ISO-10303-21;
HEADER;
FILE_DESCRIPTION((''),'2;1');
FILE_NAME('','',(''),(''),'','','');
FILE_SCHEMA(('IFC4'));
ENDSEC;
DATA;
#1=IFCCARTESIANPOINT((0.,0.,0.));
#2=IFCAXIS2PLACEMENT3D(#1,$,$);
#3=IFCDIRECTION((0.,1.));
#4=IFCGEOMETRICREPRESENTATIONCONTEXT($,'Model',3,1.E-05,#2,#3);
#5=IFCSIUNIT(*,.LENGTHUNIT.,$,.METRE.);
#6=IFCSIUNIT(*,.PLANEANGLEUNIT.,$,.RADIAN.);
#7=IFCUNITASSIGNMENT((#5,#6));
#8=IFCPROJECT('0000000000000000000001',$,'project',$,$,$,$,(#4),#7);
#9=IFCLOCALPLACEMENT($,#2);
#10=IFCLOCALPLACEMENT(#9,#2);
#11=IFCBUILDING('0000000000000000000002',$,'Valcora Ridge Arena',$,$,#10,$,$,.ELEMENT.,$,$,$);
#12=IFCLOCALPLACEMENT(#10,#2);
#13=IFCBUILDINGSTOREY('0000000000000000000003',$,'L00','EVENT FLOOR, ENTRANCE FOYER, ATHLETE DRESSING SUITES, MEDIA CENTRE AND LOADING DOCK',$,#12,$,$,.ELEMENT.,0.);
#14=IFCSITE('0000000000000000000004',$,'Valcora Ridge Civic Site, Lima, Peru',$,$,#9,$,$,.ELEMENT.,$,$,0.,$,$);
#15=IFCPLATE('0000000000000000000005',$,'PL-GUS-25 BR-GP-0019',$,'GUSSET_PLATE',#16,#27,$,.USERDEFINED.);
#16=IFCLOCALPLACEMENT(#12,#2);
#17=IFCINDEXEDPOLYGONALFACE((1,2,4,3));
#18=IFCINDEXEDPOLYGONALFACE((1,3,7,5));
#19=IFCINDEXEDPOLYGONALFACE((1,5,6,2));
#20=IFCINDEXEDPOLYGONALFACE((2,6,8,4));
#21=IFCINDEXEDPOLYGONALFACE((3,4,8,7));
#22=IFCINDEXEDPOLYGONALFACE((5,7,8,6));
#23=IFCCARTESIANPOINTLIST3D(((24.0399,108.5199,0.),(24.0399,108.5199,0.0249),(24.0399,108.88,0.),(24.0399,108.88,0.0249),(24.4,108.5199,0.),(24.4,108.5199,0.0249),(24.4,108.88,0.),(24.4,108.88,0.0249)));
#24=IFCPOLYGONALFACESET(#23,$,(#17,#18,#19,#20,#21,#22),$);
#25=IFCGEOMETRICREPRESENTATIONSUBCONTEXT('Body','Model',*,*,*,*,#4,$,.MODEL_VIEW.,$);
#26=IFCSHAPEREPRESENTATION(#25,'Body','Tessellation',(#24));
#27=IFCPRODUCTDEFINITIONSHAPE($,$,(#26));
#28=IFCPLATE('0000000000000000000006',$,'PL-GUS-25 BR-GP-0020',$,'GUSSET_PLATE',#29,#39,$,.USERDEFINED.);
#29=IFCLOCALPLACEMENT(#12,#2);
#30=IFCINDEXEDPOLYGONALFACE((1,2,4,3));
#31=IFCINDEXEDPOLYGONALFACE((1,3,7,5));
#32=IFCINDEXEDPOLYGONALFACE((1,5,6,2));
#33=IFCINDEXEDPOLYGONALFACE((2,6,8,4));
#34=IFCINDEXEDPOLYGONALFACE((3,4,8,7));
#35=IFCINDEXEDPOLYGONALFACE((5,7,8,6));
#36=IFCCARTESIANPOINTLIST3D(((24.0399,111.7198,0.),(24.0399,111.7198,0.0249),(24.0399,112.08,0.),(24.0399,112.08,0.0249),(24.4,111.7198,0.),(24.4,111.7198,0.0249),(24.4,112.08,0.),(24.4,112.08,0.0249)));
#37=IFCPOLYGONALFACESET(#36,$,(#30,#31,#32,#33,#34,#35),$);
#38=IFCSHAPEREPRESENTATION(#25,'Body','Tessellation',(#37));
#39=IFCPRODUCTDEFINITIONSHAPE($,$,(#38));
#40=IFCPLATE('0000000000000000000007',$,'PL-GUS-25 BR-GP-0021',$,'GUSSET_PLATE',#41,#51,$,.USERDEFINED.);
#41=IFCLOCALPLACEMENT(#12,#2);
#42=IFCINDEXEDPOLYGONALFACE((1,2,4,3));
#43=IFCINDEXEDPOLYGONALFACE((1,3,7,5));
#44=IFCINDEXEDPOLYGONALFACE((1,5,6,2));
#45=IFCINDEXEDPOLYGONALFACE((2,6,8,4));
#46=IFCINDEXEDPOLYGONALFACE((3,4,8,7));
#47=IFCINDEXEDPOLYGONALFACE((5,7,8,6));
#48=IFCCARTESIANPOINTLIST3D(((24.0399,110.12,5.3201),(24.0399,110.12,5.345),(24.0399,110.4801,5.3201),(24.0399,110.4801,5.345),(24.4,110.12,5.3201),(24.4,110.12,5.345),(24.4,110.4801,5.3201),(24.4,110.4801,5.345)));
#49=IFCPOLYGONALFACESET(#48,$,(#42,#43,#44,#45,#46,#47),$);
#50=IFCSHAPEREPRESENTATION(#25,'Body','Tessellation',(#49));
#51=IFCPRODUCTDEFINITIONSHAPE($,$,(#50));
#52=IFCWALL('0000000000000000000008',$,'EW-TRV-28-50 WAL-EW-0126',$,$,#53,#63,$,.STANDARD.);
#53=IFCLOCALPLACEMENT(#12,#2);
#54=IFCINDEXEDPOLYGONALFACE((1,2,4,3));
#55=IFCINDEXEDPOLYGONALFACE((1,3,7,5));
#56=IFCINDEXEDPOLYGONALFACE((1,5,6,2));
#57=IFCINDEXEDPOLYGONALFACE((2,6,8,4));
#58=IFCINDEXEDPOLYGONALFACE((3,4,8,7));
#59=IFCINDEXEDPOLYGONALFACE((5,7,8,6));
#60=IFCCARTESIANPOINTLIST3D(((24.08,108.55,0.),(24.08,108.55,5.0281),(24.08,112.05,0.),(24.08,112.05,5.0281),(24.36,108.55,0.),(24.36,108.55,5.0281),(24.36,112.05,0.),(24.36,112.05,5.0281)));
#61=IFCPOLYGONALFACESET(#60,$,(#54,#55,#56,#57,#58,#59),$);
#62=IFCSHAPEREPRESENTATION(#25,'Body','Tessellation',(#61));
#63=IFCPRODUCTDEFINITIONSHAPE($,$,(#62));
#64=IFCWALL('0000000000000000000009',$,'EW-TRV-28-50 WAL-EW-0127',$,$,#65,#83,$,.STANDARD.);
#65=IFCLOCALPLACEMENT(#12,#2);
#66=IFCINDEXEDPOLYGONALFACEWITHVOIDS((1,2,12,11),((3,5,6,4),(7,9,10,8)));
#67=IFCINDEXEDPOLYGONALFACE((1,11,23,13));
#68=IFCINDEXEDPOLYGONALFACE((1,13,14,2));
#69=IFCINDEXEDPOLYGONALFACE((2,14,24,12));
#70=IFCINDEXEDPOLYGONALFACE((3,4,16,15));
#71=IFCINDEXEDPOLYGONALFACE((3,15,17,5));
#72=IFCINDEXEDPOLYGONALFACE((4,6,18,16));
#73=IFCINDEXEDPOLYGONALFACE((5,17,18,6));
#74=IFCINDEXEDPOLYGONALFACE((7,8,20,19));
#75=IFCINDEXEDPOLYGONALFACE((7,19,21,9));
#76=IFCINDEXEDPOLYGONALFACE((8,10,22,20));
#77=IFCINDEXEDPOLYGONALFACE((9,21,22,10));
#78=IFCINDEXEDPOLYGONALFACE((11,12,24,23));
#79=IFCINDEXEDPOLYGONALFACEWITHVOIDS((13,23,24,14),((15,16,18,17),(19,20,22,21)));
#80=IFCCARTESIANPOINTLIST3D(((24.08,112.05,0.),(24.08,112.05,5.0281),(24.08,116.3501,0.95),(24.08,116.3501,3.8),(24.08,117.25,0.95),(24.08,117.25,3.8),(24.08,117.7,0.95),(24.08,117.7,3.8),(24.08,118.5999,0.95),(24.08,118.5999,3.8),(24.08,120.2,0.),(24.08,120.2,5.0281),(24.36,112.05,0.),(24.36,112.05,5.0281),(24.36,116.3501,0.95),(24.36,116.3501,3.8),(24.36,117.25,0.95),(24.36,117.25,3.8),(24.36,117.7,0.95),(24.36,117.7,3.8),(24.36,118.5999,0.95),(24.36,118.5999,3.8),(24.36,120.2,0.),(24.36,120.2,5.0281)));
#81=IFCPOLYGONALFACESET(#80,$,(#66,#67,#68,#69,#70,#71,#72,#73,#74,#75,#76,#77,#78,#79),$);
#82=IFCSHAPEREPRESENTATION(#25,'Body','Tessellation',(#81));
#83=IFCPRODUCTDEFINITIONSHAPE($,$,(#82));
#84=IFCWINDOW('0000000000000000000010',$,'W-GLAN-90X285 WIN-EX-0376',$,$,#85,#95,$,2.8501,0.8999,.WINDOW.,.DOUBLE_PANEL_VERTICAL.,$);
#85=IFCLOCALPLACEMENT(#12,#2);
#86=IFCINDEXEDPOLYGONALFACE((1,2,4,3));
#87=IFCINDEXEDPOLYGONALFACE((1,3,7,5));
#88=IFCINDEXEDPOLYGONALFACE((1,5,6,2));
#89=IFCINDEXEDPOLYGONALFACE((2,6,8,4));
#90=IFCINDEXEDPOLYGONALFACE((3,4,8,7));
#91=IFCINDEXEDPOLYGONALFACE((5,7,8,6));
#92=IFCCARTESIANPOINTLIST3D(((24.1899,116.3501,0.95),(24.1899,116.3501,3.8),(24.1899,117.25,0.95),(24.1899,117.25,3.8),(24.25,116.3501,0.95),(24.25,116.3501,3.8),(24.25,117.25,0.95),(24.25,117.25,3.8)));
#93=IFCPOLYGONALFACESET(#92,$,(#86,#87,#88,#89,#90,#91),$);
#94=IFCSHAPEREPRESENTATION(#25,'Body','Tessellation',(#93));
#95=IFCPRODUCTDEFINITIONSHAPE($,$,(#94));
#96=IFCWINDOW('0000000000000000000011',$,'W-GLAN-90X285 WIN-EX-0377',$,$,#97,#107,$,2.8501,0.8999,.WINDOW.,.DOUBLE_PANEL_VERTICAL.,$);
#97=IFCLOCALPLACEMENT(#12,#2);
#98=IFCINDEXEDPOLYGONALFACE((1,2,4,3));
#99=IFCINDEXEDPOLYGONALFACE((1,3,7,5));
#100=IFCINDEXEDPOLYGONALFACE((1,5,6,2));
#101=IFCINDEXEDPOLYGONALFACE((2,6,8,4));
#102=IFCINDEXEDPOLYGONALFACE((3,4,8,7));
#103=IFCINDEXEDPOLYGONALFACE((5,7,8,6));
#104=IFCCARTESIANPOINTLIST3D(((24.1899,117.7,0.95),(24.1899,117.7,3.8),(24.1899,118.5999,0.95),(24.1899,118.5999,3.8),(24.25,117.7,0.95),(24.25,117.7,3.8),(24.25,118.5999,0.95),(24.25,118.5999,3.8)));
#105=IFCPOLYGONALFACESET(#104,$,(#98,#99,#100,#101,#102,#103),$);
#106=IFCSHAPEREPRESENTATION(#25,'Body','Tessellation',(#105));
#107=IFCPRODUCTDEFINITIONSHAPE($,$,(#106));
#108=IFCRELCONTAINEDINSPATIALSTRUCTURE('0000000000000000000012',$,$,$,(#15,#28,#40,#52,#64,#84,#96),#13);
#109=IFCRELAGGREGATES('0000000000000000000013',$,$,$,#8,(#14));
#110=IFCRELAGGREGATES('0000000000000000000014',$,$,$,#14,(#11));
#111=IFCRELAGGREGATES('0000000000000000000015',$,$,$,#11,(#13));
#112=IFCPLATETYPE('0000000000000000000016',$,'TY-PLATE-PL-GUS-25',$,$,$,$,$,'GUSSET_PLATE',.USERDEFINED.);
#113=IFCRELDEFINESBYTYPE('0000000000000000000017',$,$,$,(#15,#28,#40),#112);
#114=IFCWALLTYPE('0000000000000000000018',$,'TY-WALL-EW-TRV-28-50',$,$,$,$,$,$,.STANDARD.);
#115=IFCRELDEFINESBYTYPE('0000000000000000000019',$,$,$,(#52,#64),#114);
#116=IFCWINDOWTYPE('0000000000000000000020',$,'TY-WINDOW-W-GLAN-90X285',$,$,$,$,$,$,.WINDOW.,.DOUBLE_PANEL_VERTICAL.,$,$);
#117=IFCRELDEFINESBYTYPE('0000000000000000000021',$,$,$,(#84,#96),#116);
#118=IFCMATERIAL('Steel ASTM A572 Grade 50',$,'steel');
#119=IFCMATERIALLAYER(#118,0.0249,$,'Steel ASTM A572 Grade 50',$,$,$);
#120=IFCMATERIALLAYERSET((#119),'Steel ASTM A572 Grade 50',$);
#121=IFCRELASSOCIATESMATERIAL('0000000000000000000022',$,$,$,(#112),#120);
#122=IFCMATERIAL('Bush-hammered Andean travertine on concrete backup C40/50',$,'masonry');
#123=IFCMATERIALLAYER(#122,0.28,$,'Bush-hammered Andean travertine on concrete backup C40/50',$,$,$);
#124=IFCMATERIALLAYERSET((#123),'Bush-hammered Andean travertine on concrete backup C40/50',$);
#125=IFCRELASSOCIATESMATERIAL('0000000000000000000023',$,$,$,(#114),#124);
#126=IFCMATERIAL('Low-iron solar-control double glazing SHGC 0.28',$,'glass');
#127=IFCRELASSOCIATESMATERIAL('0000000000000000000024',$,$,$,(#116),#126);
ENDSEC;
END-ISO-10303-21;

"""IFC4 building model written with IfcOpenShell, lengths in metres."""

from ifc_helpers import new_model, si_unit, direction, frame, frame_2d, origin, origin_2d, place, context, subcontext, project, spatial, rectangle, extrude, material, layer, layer_set, type_object, element, fill, save


model = new_model("IFC4")

# Units and contexts
model_context = context("Model", 3, precision=1e-05, world=origin(), true_north=direction((0.0, 1.0)))
body_context = subcontext(model_context, "Body", "Model", "MODEL_VIEW")
ifc_project = project(units=[si_unit("LENGTHUNIT", "METRE"), si_unit("PLANEANGLEUNIT", "RADIAN")], contexts=[model_context])

# Site, building, storey
site_placement = place(None, origin())
site = spatial("IfcSite", under=ifc_project, at=site_placement, Name="Valcora Ridge Civic Site, Lima, Peru", CompositionType="ELEMENT", RefElevation=0.0)
building_placement = place(site_placement, origin())
building = spatial("IfcBuilding", under=site, at=building_placement, Name="Valcora Ridge Arena", CompositionType="ELEMENT")
storey_placement = place(building_placement, origin())
storey = spatial("IfcBuildingStorey", under=building, at=storey_placement, Name="L00", Description="EVENT FLOOR, ENTRANCE FOYER, ATHLETE DRESSING SUITES, MEDIA CENTRE AND LOADING DOCK", CompositionType="ELEMENT", Elevation=0.0)

# Shared definitions
ifc_material_1 = material(Name="Steel ASTM A572 Grade 50", Category="steel")

# Plates
ifc_layer_1 = layer(ifc_material_1, 0.0249, Name="Steel ASTM A572 Grade 50")
ifc_layer_set_1 = layer_set([ifc_layer_1], Name="Steel ASTM A572 Grade 50")
plate_type = type_object("IfcPlateType", Name="TY-PLATE-PL-GUS-25", ElementType="GUSSET_PLATE", PredefinedType="USERDEFINED", material=ifc_layer_set_1)
for number, where, z_axis, x_axis, name in (
    (1, (24.22, 108.7, 0.0), (0.0, 0.0, 1.0), (1.0, 0.0, 0.0), "PL-GUS-25 BR-GP-0019"),
    (2, (24.22, 111.8999, 0.0), (0.0, 0.0, 1.0), (1.0, 0.0, 0.0), "PL-GUS-25 BR-GP-0020"),
    (3, (24.22, 110.3, 5.3201), (0.0, 0.0, 1.0), (1.0, 0.0, 0.0), "PL-GUS-25 BR-GP-0021"),
):
    element("IfcPlate", number, at=place(storey_placement, frame(where, z_axis=z_axis, x_axis=x_axis)), inside=storey, type_object=plate_type, Name=name, ObjectType="GUSSET_PLATE", PredefinedType="USERDEFINED", context=body_context, shape_type="SweptSolid", body=[
        extrude(rectangle(XDim=0.3601, YDim=0.3601, at=origin_2d()), origin(), (0.0, 0.0, 1.0), 0.0249),
    ])

# Wall
ifc_material_2 = material(Name="Bush-hammered Andean travertine on concrete backup C40/50", Category="masonry")
ifc_layer_2 = layer(ifc_material_2, 0.28, Name="Bush-hammered Andean travertine on concrete backup C40/50")
ifc_layer_set_2 = layer_set([ifc_layer_2], Name="Bush-hammered Andean travertine on concrete backup C40/50")
wall_type_1 = type_object("IfcWallType", Name="TY-WALL-EW-TRV-28-50", PredefinedType="STANDARD", material=ifc_layer_set_2)
wall_1_placement = place(storey_placement, frame((24.22, 108.55, 0.0), z_axis=(0.0, 0.0, 1.0), x_axis=(0.0, 1.0, 0.0)))
element("IfcWall", 4, at=wall_1_placement, inside=storey, type_object=wall_type_1, Name="EW-TRV-28-50 WAL-EW-0126", PredefinedType="STANDARD", context=body_context, shape_type="SweptSolid", body=[
    extrude(rectangle(XDim=3.5, YDim=0.28, at=frame_2d((1.75, 0.0))), origin(), (0.0, 0.0, 1.0), 5.0281),
])

# Wall, openings, windows
wall_2_placement = place(storey_placement, frame((24.22, 112.05, 0.0), z_axis=(0.0, 0.0, 1.0), x_axis=(0.0, 1.0, 0.0)))
wall_2 = element("IfcWall", 5, at=wall_2_placement, inside=storey, type_object=wall_type_1, Name="EW-TRV-28-50 WAL-EW-0127", PredefinedType="STANDARD", context=body_context, shape_type="SweptSolid", body=[
    extrude(rectangle(XDim=8.1499, YDim=0.28, at=frame_2d((4.075, 0.0))), origin(), (0.0, 0.0, 1.0), 5.0281),
])
opening_1_placement = place(wall_2_placement, frame((4.3, 0.0, 0.95)))
opening_1 = element("IfcOpeningElement", 6, at=opening_1_placement, cuts=wall_2, PredefinedType="OPENING", context=body_context, shape_type="SweptSolid", body=[
    extrude(rectangle(XDim=0.8999, YDim=2.8501, at=frame_2d((0.45, 1.425))), frame((0.0, 0.1499, 0.0), z_axis=(0.0, -1.0, 0.0), x_axis=(1.0, 0.0, 0.0)), (0.0, 0.0, 1.0), 0.3),
])
opening_2_placement = place(wall_2_placement, frame((5.6499, 0.0, 0.95)))
opening_2 = element("IfcOpeningElement", 7, at=opening_2_placement, cuts=wall_2, PredefinedType="OPENING", context=body_context, shape_type="SweptSolid", body=[
    extrude(rectangle(XDim=0.8999, YDim=2.8501, at=frame_2d((0.45, 1.425))), frame((0.0, 0.1499, 0.0), z_axis=(0.0, -1.0, 0.0), x_axis=(1.0, 0.0, 0.0)), (0.0, 0.0, 1.0), 0.3),
])
ifc_material_3 = material(Name="Low-iron solar-control double glazing SHGC 0.28", Category="glass")
window_type = type_object("IfcWindowType", Name="TY-WINDOW-W-GLAN-90X285", PartitioningType="DOUBLE_PANEL_VERTICAL", PredefinedType="WINDOW", material=ifc_material_3)
window_1_placement = place(opening_1_placement, origin())
window_1 = element("IfcWindow", 8, at=window_1_placement, inside=storey, type_object=window_type, Name="W-GLAN-90X285 WIN-EX-0376", OverallHeight=2.8501, OverallWidth=0.8999, PartitioningType="DOUBLE_PANEL_VERTICAL", PredefinedType="WINDOW", context=body_context, shape_type="SweptSolid", body=[
    extrude(rectangle(XDim=0.8999, YDim=2.8501, at=frame_2d((0.45, 1.425))), frame((0.0, 0.03, 0.0), z_axis=(0.0, -1.0, 0.0), x_axis=(1.0, 0.0, 0.0)), (0.0, 0.0, 1.0), 0.0601),
])
fill(opening_1, window_1)
window_2_placement = place(opening_2_placement, origin())
window_2 = element("IfcWindow", 9, at=window_2_placement, inside=storey, type_object=window_type, Name="W-GLAN-90X285 WIN-EX-0377", OverallHeight=2.8501, OverallWidth=0.8999, PartitioningType="DOUBLE_PANEL_VERTICAL", PredefinedType="WINDOW", context=body_context, shape_type="SweptSolid", body=[
    extrude(rectangle(XDim=0.8999, YDim=2.8501, at=frame_2d((0.45, 1.425))), frame((0.0, 0.03, 0.0), z_axis=(0.0, -1.0, 0.0), x_axis=(1.0, 0.0, 0.0)), (0.0, 0.0, 1.0), 0.0601),
])
fill(opening_2, window_2)

save(model, "model.ifc")
